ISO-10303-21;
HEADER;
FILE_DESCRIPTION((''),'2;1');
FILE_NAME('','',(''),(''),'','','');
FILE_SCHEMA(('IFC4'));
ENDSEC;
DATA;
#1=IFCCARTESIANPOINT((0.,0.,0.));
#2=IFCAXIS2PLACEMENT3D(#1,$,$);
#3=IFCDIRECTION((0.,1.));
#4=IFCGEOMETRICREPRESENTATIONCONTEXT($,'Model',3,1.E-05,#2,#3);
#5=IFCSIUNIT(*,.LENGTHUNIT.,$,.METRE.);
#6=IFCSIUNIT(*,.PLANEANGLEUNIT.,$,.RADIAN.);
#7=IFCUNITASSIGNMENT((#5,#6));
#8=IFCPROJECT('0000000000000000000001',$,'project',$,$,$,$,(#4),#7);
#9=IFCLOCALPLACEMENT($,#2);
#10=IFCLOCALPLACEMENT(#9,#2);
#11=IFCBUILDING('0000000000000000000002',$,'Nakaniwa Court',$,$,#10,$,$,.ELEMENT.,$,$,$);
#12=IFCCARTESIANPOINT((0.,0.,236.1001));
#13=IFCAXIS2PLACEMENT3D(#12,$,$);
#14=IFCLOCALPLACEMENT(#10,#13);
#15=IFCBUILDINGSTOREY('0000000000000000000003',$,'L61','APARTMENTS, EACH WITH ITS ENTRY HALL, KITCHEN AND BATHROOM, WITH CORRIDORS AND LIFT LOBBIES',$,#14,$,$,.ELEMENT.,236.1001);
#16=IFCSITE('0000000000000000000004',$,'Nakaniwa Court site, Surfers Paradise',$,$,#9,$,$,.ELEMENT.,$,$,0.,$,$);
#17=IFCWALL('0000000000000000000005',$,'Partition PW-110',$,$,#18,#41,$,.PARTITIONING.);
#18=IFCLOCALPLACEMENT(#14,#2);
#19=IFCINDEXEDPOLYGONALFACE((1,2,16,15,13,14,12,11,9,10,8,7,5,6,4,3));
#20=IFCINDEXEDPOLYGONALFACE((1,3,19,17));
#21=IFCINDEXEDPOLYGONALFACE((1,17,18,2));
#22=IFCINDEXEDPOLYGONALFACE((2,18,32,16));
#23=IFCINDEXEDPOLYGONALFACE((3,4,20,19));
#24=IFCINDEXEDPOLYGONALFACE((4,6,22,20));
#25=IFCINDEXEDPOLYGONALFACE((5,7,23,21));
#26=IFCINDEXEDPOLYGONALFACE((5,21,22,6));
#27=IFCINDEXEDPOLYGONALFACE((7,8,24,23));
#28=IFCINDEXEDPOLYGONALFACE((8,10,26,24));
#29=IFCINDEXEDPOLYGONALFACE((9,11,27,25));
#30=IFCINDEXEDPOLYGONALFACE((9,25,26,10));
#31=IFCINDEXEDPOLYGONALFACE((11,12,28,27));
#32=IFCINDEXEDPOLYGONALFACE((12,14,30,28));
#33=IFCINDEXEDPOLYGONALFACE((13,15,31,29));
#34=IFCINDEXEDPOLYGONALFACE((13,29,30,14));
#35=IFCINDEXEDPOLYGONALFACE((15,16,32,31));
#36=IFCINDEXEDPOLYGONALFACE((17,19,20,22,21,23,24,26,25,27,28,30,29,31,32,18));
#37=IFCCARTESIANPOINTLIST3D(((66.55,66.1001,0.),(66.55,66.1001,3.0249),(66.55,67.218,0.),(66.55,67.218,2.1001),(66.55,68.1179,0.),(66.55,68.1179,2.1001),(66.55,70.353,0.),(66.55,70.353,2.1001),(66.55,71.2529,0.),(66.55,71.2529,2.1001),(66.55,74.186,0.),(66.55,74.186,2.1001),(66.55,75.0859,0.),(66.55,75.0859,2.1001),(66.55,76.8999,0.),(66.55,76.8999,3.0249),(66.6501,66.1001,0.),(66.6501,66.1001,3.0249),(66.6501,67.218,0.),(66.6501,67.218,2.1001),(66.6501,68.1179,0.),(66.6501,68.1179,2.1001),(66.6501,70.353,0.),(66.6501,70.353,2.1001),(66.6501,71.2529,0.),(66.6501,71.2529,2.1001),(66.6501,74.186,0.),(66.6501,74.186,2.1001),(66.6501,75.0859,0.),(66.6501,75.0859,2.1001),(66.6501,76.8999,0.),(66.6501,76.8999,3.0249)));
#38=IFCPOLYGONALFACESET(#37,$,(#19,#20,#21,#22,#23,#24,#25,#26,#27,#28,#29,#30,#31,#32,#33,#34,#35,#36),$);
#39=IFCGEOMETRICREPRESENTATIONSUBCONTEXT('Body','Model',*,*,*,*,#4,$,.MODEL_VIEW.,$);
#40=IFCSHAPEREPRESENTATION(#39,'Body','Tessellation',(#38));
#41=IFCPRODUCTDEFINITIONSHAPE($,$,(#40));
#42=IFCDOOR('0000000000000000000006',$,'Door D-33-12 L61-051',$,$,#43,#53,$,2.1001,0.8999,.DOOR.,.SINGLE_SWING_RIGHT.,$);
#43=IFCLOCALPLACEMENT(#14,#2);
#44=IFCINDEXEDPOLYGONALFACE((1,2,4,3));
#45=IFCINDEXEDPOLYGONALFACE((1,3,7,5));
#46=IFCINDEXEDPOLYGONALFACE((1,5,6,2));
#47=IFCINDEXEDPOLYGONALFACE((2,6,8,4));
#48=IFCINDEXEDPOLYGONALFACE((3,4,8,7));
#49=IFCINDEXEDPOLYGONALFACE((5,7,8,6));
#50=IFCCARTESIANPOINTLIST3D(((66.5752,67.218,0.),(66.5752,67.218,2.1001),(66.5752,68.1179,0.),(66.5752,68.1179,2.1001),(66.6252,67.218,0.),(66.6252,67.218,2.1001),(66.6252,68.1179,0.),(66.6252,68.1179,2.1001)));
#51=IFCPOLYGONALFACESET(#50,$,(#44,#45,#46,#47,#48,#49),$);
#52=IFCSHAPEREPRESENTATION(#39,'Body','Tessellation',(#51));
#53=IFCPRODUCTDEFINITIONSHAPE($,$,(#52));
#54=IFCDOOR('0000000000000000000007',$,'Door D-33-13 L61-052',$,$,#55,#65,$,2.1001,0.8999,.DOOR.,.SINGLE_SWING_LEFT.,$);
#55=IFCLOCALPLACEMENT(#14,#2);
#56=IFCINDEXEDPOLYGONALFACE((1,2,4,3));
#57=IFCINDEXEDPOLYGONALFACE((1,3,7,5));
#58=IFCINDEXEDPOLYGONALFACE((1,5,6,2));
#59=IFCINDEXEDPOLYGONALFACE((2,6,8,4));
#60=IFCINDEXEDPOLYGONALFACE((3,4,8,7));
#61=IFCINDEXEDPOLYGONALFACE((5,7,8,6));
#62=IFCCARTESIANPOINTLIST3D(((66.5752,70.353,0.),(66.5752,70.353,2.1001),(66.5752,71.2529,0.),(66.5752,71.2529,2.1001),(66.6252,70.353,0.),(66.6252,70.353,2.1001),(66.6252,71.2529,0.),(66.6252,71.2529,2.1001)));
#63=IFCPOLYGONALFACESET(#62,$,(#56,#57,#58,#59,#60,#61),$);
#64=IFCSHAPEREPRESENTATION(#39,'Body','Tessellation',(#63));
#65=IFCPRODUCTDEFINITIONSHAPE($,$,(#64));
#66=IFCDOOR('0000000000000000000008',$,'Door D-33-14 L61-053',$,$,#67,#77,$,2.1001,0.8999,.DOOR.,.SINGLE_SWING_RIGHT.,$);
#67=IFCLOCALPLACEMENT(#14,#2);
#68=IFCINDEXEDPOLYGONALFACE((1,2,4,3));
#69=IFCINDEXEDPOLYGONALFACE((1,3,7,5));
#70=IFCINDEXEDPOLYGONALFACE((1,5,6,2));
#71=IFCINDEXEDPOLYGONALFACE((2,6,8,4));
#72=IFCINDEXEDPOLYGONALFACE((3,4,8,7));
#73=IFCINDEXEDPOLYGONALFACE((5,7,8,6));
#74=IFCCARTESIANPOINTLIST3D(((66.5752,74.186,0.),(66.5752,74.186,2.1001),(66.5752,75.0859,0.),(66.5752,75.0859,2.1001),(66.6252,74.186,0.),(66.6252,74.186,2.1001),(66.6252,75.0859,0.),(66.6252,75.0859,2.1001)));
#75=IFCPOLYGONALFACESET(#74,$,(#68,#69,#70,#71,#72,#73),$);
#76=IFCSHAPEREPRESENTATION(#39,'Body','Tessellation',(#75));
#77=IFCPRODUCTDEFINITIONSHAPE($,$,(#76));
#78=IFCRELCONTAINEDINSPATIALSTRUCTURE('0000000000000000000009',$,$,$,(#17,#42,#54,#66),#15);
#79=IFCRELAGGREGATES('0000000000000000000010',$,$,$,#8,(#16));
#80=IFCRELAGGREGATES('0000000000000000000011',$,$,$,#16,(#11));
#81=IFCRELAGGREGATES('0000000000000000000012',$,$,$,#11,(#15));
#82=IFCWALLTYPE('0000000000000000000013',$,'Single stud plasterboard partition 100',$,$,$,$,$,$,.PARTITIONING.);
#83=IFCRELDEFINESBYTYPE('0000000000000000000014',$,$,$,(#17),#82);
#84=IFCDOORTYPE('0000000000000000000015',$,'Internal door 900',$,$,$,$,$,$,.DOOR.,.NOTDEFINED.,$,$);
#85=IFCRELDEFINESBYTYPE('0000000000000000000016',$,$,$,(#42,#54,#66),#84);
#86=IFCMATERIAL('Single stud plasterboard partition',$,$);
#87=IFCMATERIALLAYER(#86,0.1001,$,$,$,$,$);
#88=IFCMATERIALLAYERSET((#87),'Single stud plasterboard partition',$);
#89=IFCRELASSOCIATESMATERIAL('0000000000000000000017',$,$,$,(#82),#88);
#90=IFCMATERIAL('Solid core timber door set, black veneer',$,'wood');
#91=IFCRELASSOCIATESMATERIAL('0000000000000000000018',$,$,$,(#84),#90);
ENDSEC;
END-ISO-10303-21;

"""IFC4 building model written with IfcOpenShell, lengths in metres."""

from ifc_helpers import new_model, si_unit, direction, frame, frame_2d, origin, place, context, subcontext, project, spatial, rectangle, extrude, material, layer, layer_set, type_object, element, fill, save


model = new_model("IFC4")

# Units and contexts
model_context = context("Model", 3, precision=1e-05, world=origin(), true_north=direction((0.0, 1.0)))
body_context = subcontext(model_context, "Body", "Model", "MODEL_VIEW")
ifc_project = project(units=[si_unit("LENGTHUNIT", "METRE"), si_unit("PLANEANGLEUNIT", "RADIAN")], contexts=[model_context])

# Site, building, storey
site_placement = place(None, origin())
site = spatial("IfcSite", under=ifc_project, at=site_placement, Name="Nakaniwa Court site, Surfers Paradise", CompositionType="ELEMENT", RefElevation=0.0)
building_placement = place(site_placement, origin())
building = spatial("IfcBuilding", under=site, at=building_placement, Name="Nakaniwa Court", CompositionType="ELEMENT")
storey_placement = place(building_placement, frame((0.0, 0.0, 236.1001)))
storey = spatial("IfcBuildingStorey", under=building, at=storey_placement, Name="L61", Description="APARTMENTS, EACH WITH ITS ENTRY HALL, KITCHEN AND BATHROOM, WITH CORRIDORS AND LIFT LOBBIES", CompositionType="ELEMENT", Elevation=236.1001)

# Wall, openings, doors
ifc_material_1 = material(Name="Single stud plasterboard partition")
ifc_layer_1 = layer(ifc_material_1, 0.1001)
ifc_layer_set_1 = layer_set([ifc_layer_1], Name="Single stud plasterboard partition")
wall_type_1 = type_object("IfcWallType", Name="Single stud plasterboard partition 100", PredefinedType="PARTITIONING", material=ifc_layer_set_1)
wall_1_placement = place(storey_placement, frame((66.6001, 66.1001, 0.0), z_axis=(0.0, 0.0, 1.0), x_axis=(0.0, 1.0, 0.0)))
wall_1 = element("IfcWall", 1, at=wall_1_placement, inside=storey, type_object=wall_type_1, Name="Partition PW-110", PredefinedType="PARTITIONING", context=body_context, shape_type="SweptSolid", body=[
    extrude(rectangle(XDim=10.7998, YDim=0.1001, at=frame_2d((5.3999, 0.0))), origin(), (0.0, 0.0, 1.0), 3.0249),
])
opening_1_placement = place(wall_1_placement, frame((1.1179, 0.0, 0.0)))
opening_1 = element("IfcOpeningElement", 2, at=opening_1_placement, cuts=wall_1, PredefinedType="OPENING", context=body_context, shape_type="SweptSolid", body=[
    extrude(rectangle(XDim=0.8999, YDim=2.1001, at=frame_2d((0.45, 1.05))), frame((0.0, 0.0601, 0.0), z_axis=(0.0, -1.0, 0.0), x_axis=(1.0, 0.0, 0.0)), (0.0, 0.0, 1.0), 0.1201),
])
opening_2_placement = place(wall_1_placement, frame((4.2529, 0.0, 0.0)))
opening_2 = element("IfcOpeningElement", 3, at=opening_2_placement, cuts=wall_1, PredefinedType="OPENING", context=body_context, shape_type="SweptSolid", body=[
    extrude(rectangle(XDim=0.8999, YDim=2.1001, at=frame_2d((0.45, 1.05))), frame((0.0, 0.0601, 0.0), z_axis=(0.0, -1.0, 0.0), x_axis=(1.0, 0.0, 0.0)), (0.0, 0.0, 1.0), 0.1201),
])
opening_3_placement = place(wall_1_placement, frame((8.0859, 0.0, 0.0)))
opening_3 = element("IfcOpeningElement", 4, at=opening_3_placement, cuts=wall_1, PredefinedType="OPENING", context=body_context, shape_type="SweptSolid", body=[
    extrude(rectangle(XDim=0.8999, YDim=2.1001, at=frame_2d((0.45, 1.05))), frame((0.0, 0.0601, 0.0), z_axis=(0.0, -1.0, 0.0), x_axis=(1.0, 0.0, 0.0)), (0.0, 0.0, 1.0), 0.1201),
])
ifc_material_2 = material(Name="Solid core timber door set, black veneer", Category="wood")
door_type = type_object("IfcDoorType", Name="Internal door 900", OperationType="NOTDEFINED", PredefinedType="DOOR", material=ifc_material_2)
door_1_placement = place(opening_1_placement, origin())
door_1 = element("IfcDoor", 5, at=door_1_placement, inside=storey, type_object=door_type, Name="Door D-33-12 L61-051", OperationType="SINGLE_SWING_RIGHT", OverallHeight=2.1001, OverallWidth=0.8999, PredefinedType="DOOR", context=body_context, shape_type="SweptSolid", body=[
    extrude(rectangle(XDim=0.8999, YDim=2.1001, at=frame_2d((0.45, 1.05))), frame((0.0, 0.0249, 0.0), z_axis=(0.0, -1.0, 0.0), x_axis=(1.0, 0.0, 0.0)), (0.0, 0.0, 1.0), 0.05),
])
fill(opening_1, door_1)
door_2_placement = place(opening_2_placement, origin())
door_2 = element("IfcDoor", 6, at=door_2_placement, inside=storey, type_object=door_type, Name="Door D-33-13 L61-052", OperationType="SINGLE_SWING_LEFT", OverallHeight=2.1001, OverallWidth=0.8999, PredefinedType="DOOR", context=body_context, shape_type="SweptSolid", body=[
    extrude(rectangle(XDim=0.8999, YDim=2.1001, at=frame_2d((0.45, 1.05))), frame((0.0, 0.0249, 0.0), z_axis=(0.0, -1.0, 0.0), x_axis=(1.0, 0.0, 0.0)), (0.0, 0.0, 1.0), 0.05),
])
fill(opening_2, door_2)
door_3_placement = place(opening_3_placement, origin())
door_3 = element("IfcDoor", 7, at=door_3_placement, inside=storey, type_object=door_type, Name="Door D-33-14 L61-053", OperationType="SINGLE_SWING_RIGHT", OverallHeight=2.1001, OverallWidth=0.8999, PredefinedType="DOOR", context=body_context, shape_type="SweptSolid", body=[
    extrude(rectangle(XDim=0.8999, YDim=2.1001, at=frame_2d((0.45, 1.05))), frame((0.0, 0.0249, 0.0), z_axis=(0.0, -1.0, 0.0), x_axis=(1.0, 0.0, 0.0)), (0.0, 0.0, 1.0), 0.05),
])
fill(opening_3, door_3)

save(model, "model.ifc")
